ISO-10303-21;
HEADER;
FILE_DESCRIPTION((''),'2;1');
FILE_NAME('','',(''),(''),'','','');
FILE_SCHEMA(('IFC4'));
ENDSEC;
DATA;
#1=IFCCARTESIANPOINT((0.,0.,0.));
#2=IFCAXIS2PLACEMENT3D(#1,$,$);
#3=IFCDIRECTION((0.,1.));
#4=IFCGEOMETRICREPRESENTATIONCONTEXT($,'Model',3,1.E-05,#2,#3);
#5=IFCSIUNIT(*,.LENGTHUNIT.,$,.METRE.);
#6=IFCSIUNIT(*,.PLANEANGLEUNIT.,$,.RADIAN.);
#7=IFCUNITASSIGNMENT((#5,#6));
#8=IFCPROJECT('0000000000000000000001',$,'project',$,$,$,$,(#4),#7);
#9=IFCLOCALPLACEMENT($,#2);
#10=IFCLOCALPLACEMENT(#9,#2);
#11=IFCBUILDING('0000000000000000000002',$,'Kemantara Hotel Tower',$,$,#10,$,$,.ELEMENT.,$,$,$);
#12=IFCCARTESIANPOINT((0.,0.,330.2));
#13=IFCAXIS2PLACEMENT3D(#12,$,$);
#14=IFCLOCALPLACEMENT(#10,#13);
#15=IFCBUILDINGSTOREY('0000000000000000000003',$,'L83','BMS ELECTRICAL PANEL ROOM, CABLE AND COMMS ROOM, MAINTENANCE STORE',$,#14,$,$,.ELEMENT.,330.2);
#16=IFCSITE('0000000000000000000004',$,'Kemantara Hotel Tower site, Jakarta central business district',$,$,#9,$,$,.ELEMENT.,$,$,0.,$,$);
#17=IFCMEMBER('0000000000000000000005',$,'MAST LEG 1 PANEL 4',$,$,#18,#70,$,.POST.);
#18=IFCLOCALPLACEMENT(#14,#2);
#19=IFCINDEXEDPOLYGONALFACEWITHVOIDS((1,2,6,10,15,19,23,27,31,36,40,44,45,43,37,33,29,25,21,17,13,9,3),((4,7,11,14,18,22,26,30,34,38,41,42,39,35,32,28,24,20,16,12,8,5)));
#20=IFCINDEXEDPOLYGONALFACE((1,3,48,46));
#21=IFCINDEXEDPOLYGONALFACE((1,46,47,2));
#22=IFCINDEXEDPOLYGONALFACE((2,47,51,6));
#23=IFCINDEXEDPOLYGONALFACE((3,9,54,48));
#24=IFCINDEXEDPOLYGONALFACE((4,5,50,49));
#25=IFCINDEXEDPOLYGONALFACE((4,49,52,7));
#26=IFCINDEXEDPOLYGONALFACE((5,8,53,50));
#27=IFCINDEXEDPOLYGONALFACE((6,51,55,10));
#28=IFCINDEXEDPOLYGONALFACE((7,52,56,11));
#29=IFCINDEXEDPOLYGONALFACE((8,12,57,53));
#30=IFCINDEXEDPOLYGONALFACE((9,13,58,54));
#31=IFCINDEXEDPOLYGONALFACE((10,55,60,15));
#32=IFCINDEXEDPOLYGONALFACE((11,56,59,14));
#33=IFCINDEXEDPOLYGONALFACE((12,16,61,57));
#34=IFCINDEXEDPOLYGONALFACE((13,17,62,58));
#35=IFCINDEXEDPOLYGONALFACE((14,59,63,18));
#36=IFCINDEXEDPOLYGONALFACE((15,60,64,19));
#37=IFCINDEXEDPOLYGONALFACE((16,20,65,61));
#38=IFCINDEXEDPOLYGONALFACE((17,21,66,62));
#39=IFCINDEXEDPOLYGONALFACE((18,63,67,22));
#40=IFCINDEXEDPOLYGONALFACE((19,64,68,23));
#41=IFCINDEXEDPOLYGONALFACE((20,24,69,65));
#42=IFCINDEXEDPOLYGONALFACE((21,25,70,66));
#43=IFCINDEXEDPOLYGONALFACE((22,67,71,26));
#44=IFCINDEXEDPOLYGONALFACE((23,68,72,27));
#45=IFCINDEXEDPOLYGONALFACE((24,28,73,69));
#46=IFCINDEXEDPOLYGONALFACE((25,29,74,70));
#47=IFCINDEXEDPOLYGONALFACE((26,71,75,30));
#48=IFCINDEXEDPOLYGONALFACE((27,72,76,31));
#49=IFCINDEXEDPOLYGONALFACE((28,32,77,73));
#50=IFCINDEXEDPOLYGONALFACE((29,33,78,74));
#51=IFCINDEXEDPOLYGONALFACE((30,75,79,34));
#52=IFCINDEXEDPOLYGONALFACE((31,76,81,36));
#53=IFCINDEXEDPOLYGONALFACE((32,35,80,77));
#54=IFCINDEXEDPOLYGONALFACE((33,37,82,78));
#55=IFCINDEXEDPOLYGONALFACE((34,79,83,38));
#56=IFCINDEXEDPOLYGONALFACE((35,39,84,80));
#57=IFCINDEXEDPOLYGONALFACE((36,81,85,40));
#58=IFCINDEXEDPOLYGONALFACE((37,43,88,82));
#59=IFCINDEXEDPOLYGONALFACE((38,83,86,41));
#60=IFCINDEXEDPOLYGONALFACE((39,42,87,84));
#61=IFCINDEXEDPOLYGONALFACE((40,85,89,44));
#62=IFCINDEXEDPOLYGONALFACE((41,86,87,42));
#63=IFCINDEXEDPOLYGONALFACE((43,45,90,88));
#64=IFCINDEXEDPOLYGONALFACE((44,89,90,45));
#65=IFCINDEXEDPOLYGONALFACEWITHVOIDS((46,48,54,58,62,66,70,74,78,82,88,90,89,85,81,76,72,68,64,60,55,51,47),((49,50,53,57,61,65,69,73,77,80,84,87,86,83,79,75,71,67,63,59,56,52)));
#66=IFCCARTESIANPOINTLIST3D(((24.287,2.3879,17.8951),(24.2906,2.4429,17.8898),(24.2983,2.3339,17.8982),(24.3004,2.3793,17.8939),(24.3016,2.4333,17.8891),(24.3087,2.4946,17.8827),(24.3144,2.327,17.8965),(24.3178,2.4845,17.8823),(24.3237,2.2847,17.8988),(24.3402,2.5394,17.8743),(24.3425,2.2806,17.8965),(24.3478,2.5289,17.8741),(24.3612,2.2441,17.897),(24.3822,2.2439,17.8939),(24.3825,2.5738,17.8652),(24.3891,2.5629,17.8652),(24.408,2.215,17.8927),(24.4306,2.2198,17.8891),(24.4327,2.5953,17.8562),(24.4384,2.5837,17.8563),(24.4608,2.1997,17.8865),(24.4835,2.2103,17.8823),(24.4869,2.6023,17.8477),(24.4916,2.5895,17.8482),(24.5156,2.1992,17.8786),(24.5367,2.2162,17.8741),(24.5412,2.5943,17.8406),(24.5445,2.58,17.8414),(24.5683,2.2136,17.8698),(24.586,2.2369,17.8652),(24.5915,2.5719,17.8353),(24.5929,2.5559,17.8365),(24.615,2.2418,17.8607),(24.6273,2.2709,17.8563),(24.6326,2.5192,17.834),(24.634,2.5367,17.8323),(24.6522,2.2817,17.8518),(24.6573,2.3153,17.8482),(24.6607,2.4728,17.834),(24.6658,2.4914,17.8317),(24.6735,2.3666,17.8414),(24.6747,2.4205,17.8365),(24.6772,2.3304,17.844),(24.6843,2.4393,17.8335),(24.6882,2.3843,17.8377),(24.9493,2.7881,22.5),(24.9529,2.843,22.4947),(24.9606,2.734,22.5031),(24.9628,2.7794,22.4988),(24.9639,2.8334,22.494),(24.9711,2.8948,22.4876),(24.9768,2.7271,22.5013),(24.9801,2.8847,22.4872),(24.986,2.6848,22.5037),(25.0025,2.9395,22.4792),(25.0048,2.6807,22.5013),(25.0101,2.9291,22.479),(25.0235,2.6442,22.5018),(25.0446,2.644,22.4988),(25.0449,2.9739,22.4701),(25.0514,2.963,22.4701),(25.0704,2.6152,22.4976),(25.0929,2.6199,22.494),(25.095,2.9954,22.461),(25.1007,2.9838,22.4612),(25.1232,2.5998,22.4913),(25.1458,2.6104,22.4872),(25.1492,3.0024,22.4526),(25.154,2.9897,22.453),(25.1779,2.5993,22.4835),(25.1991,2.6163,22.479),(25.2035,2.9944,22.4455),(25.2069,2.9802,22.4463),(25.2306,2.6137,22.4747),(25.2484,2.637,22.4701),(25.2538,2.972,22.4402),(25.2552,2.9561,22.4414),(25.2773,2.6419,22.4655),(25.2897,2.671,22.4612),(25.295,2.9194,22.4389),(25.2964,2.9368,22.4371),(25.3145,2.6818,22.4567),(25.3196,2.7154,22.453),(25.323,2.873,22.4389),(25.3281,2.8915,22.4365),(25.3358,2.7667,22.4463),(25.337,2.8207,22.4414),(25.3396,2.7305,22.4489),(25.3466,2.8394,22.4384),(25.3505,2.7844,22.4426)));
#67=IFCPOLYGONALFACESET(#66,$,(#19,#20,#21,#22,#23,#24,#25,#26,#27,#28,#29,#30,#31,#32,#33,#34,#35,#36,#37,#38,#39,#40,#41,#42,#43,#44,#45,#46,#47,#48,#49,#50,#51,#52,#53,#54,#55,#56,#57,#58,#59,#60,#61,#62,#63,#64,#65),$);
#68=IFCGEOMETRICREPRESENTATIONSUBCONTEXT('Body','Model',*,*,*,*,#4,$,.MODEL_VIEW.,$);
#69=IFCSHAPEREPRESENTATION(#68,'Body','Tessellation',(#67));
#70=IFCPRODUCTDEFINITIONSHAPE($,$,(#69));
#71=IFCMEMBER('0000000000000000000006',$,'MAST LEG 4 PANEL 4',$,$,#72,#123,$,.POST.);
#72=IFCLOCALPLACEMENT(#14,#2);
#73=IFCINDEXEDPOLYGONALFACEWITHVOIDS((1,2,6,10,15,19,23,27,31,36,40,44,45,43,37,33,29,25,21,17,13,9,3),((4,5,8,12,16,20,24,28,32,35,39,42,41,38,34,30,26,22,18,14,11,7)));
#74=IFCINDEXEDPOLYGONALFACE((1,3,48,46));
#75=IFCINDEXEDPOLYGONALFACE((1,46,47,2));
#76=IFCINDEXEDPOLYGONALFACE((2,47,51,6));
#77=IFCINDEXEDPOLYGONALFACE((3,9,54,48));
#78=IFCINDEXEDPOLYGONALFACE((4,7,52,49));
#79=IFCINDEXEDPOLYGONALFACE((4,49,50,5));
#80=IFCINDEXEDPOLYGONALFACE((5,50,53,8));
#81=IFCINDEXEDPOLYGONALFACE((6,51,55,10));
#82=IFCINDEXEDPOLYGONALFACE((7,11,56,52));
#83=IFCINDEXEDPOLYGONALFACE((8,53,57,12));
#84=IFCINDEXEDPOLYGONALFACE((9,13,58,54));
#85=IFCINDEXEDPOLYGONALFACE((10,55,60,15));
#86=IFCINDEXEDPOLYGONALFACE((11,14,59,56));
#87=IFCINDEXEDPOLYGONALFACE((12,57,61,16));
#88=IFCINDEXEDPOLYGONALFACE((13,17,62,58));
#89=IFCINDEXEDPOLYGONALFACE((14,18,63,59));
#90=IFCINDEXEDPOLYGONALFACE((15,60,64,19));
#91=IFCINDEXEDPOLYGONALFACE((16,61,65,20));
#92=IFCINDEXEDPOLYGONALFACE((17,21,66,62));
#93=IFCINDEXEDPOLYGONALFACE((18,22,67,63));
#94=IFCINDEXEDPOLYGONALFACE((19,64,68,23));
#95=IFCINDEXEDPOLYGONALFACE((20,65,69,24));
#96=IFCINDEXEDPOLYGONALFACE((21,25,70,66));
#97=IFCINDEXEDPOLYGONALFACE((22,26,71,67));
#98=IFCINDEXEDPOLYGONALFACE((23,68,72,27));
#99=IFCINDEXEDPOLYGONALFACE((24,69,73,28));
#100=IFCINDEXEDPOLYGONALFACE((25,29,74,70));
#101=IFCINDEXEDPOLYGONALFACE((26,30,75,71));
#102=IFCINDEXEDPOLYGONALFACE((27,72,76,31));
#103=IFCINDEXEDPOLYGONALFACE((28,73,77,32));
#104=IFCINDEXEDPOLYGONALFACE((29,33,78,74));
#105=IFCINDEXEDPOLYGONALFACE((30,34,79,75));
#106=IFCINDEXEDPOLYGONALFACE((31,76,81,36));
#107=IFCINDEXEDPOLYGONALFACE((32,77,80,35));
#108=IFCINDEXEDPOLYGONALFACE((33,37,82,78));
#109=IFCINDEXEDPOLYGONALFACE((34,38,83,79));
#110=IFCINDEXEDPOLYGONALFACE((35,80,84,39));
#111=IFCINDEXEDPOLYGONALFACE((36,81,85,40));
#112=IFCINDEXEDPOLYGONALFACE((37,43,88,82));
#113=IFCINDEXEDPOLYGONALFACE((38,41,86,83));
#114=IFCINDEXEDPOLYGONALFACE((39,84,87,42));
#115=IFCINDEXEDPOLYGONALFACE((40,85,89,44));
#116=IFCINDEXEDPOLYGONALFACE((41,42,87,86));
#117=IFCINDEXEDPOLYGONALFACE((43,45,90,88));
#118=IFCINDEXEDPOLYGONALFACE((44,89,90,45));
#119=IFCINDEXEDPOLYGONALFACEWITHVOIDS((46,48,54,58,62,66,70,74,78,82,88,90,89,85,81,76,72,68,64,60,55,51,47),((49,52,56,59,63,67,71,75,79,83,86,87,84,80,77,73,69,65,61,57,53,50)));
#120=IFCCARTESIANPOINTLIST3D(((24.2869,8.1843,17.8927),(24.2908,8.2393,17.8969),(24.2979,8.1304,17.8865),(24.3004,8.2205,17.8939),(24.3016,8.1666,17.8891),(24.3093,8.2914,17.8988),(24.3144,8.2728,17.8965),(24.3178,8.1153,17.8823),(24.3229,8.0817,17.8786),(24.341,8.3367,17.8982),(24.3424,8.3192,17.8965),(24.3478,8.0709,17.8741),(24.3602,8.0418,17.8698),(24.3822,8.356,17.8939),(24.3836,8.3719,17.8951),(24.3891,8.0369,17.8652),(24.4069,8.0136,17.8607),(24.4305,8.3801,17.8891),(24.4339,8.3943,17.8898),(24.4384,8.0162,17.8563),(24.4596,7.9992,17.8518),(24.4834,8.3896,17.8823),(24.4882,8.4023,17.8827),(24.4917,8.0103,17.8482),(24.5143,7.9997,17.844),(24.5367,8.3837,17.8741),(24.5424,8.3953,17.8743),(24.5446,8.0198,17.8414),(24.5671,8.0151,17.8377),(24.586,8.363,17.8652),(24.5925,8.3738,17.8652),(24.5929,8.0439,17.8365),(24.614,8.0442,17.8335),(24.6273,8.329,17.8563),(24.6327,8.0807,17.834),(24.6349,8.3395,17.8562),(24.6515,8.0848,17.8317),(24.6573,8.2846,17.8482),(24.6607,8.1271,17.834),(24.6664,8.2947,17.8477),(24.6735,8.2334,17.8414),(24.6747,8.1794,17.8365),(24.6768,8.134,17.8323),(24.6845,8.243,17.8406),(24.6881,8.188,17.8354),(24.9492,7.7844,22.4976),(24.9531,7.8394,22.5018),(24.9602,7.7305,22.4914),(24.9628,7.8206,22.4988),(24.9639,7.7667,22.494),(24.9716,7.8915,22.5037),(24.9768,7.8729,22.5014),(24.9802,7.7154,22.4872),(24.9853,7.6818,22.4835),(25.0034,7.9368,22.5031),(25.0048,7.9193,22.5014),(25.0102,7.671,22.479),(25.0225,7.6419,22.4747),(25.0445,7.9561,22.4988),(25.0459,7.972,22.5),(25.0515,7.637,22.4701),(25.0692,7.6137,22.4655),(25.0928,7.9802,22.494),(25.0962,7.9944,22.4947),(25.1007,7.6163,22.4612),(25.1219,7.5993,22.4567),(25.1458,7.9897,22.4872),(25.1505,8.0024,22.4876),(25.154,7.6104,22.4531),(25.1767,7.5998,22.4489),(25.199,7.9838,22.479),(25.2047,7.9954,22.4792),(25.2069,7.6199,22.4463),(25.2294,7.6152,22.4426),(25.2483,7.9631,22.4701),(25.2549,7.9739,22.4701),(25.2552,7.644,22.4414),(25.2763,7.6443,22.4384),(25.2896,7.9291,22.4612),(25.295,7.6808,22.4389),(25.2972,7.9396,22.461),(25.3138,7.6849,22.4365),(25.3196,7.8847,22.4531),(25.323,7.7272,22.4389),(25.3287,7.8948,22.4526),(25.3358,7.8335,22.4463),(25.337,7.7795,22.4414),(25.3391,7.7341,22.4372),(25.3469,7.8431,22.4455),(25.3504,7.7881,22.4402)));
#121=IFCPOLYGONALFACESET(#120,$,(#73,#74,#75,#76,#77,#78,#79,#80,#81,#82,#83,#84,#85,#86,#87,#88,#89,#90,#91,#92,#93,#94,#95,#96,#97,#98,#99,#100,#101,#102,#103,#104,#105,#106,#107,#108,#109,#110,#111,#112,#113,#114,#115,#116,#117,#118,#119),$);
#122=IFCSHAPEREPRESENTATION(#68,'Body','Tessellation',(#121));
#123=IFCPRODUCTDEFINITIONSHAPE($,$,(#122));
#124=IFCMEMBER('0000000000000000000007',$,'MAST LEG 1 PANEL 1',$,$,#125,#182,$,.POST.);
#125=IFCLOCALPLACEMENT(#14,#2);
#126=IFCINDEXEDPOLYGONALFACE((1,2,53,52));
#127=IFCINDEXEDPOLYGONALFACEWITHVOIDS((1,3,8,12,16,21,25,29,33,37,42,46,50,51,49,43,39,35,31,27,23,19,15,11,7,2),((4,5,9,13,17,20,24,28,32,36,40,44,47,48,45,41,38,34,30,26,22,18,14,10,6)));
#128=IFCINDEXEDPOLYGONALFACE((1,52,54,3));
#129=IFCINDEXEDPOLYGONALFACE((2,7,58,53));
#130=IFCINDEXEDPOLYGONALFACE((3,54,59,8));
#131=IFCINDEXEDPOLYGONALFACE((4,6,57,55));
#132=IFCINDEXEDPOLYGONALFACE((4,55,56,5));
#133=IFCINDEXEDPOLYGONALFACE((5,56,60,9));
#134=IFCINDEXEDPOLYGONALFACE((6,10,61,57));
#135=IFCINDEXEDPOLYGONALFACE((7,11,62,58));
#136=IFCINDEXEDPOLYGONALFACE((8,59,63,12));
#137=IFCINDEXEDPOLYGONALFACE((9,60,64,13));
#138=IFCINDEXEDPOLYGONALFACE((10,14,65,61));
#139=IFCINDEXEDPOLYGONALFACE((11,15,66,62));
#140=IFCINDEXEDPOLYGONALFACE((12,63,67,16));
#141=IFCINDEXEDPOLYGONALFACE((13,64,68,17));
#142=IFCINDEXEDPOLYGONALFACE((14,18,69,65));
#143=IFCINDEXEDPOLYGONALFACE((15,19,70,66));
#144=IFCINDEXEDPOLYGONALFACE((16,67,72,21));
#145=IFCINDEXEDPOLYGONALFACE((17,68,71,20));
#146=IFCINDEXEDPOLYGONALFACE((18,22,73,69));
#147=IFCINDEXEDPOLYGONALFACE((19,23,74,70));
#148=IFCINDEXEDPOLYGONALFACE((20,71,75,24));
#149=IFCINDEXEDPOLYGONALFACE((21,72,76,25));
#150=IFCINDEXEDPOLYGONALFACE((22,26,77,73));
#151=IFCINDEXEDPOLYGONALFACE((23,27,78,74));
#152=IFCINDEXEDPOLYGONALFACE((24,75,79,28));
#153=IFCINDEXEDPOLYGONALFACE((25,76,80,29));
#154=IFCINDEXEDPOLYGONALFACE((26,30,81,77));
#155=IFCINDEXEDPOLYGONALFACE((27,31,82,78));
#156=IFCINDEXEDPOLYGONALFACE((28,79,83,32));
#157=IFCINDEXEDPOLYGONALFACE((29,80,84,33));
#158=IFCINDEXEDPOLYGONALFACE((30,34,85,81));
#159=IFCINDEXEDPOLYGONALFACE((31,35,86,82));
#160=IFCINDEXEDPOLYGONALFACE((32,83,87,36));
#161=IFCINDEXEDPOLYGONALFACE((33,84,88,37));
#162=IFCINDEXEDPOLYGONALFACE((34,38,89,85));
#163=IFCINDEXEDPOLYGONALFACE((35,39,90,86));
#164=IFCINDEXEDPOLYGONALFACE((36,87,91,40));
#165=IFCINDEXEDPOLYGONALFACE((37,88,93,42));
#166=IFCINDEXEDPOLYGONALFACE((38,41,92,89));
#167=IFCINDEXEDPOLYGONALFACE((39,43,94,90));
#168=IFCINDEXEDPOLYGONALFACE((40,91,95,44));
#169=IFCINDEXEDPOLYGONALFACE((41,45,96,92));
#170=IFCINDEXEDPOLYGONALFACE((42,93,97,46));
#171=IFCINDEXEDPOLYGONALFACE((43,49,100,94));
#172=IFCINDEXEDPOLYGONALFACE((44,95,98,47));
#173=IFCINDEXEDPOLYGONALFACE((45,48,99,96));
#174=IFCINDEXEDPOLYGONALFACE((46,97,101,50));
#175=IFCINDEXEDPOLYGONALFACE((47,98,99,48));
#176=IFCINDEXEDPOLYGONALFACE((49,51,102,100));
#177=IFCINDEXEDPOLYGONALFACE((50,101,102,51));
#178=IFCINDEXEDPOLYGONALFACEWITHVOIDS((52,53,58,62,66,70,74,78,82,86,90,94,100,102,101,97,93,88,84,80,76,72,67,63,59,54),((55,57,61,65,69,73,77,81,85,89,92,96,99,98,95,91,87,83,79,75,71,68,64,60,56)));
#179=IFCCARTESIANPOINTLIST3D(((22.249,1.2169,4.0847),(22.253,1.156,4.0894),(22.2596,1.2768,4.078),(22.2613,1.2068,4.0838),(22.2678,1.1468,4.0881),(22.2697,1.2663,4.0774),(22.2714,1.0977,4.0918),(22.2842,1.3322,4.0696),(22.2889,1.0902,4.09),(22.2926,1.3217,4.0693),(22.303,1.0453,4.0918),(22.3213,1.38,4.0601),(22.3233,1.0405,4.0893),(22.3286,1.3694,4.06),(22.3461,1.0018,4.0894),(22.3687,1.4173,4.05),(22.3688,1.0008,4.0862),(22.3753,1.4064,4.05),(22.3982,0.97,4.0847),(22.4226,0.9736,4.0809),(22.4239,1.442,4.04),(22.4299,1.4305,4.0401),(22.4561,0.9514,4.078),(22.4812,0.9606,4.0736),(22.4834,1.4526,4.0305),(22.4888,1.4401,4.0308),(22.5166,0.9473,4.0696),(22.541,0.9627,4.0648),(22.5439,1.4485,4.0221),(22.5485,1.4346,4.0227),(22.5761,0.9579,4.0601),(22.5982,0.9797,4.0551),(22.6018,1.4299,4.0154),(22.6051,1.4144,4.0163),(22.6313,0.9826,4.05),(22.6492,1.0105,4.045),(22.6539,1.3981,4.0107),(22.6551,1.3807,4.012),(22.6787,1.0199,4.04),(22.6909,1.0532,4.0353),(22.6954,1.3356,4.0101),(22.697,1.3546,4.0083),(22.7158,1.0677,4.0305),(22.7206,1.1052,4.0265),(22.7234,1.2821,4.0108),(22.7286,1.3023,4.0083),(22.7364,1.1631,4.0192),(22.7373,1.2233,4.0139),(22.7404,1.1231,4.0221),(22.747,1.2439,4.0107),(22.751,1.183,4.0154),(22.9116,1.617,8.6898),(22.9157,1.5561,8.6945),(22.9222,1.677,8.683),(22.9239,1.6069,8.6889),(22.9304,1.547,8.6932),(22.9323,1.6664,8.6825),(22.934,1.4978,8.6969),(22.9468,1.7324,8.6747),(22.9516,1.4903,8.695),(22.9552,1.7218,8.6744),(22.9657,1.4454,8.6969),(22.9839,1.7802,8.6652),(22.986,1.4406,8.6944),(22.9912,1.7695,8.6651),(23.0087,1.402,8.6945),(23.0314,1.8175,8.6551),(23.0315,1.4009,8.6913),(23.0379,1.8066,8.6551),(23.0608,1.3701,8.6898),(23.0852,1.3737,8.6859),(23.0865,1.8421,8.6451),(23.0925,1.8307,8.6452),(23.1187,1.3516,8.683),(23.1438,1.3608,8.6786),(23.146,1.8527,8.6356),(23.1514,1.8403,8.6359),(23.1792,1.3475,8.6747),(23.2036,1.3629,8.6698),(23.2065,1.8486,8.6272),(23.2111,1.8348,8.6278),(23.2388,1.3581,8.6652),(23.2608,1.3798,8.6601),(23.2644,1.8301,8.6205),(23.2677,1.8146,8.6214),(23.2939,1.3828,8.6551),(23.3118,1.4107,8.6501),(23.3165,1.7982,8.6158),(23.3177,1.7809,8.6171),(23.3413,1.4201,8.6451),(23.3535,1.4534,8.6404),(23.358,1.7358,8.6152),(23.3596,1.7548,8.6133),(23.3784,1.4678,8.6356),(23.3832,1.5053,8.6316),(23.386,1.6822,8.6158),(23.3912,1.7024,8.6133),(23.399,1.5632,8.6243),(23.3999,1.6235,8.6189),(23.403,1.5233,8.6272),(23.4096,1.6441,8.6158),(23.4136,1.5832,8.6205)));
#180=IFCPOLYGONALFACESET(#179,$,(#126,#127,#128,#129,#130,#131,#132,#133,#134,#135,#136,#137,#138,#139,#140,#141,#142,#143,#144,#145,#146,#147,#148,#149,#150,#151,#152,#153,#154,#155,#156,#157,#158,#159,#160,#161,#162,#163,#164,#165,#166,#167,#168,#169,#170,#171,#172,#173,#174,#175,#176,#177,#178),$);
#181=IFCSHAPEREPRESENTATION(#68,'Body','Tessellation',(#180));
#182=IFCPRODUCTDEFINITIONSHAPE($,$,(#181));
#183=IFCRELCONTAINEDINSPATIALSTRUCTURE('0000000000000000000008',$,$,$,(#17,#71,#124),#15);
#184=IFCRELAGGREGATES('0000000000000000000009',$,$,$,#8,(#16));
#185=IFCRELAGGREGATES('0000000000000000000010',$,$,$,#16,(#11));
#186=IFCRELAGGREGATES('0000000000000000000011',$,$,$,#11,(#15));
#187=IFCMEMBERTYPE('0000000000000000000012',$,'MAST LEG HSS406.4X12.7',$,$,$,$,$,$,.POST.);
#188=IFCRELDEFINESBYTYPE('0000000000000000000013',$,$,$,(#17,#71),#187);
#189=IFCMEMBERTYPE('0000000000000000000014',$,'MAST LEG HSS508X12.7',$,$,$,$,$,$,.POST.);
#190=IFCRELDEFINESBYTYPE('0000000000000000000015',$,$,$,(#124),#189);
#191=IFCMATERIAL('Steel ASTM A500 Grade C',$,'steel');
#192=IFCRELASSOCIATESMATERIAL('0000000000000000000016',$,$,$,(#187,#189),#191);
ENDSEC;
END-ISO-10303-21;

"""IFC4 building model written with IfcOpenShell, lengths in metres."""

from ifc_helpers import new_model, si_unit, direction, frame, origin, origin_2d, place, context, subcontext, project, spatial, hollow_circle, extrude, material, material_profile, profile_set, type_object, element, save


model = new_model("IFC4")

# Units and contexts
model_context = context("Model", 3, precision=1e-05, world=origin(), true_north=direction((0.0, 1.0)))
body_context = subcontext(model_context, "Body", "Model", "MODEL_VIEW")
ifc_project = project(units=[si_unit("LENGTHUNIT", "METRE"), si_unit("PLANEANGLEUNIT", "RADIAN")], contexts=[model_context])

# Site, building, storey
site_placement = place(None, origin())
site = spatial("IfcSite", under=ifc_project, at=site_placement, Name="Kemantara Hotel Tower site, Jakarta central business district", CompositionType="ELEMENT", RefElevation=0.0)
building_placement = place(site_placement, origin())
building = spatial("IfcBuilding", under=site, at=building_placement, Name="Kemantara Hotel Tower", CompositionType="ELEMENT")
storey_placement = place(building_placement, frame((0.0, 0.0, 330.2)))
storey = spatial("IfcBuildingStorey", under=building, at=storey_placement, Name="L83", Description="BMS ELECTRICAL PANEL ROOM, CABLE AND COMMS ROOM, MAINTENANCE STORE", CompositionType="ELEMENT", Elevation=330.2)

# Members
ifc_material_1 = material(Name="Steel ASTM A500 Grade C", Category="steel")
ifc_material_profile_1 = material_profile(ifc_material_1, hollow_circle(Radius=0.2031, WallThickness=0.0127, at=origin_2d()), Name="HSS406.4X12.7")
ifc_profile_set_1 = profile_set([ifc_material_profile_1], Name="Steel ASTM A500 Grade C")
member_type_1 = type_object("IfcMemberType", Name="MAST LEG HSS406.4X12.7", PredefinedType="POST", material=ifc_profile_set_1)
for number, where, z_axis, x_axis, name in (
    (1, (24.4875, 2.3999, 17.8652), (0.141845, 0.085693, 0.986173), (-0.517092, 0.85593, 0.0), "MAST LEG 1 PANEL 4"),
    (2, (24.4875, 8.2, 17.8652), (0.141846, -0.085641, 0.986177), (0.51686, 0.85607, 0.0), "MAST LEG 4 PANEL 4"),
):
    element("IfcMember", number, at=place(storey_placement, frame(where, z_axis=z_axis, x_axis=x_axis)), inside=storey, type_object=member_type_1, Name=name, PredefinedType="POST", context=body_context, shape_type="SweptSolid", body=[
        extrude(hollow_circle(Radius=0.2031, WallThickness=0.0127, at=origin_2d()), origin(), (0.0, 0.0, 1.0), 4.6694),
    ])
ifc_material_profile_2 = material_profile(ifc_material_1, hollow_circle(Radius=0.2539, WallThickness=0.0127, at=origin_2d()), Name="HSS508X12.7")
ifc_profile_set_2 = profile_set([ifc_material_profile_2], Name="Steel ASTM A500 Grade C")
member_type_2 = type_object("IfcMemberType", Name="MAST LEG HSS508X12.7", PredefinedType="POST", material=ifc_profile_set_2)
for number, where, z_axis, x_axis, name in (
    (3, (22.5, 1.2, 4.05), (0.141897, 0.085692, 0.986165), (-0.516952, 0.856014, 0.0), "MAST LEG 1 PANEL 1"),
):
    element("IfcMember", number, at=place(storey_placement, frame(where, z_axis=z_axis, x_axis=x_axis)), inside=storey, type_object=member_type_2, Name=name, PredefinedType="POST", context=body_context, shape_type="SweptSolid", body=[
        extrude(hollow_circle(Radius=0.2539, WallThickness=0.0127, at=origin_2d()), origin(), (0.0, 0.0, 1.0), 4.6697),
    ])

save(model, "model.ifc")
